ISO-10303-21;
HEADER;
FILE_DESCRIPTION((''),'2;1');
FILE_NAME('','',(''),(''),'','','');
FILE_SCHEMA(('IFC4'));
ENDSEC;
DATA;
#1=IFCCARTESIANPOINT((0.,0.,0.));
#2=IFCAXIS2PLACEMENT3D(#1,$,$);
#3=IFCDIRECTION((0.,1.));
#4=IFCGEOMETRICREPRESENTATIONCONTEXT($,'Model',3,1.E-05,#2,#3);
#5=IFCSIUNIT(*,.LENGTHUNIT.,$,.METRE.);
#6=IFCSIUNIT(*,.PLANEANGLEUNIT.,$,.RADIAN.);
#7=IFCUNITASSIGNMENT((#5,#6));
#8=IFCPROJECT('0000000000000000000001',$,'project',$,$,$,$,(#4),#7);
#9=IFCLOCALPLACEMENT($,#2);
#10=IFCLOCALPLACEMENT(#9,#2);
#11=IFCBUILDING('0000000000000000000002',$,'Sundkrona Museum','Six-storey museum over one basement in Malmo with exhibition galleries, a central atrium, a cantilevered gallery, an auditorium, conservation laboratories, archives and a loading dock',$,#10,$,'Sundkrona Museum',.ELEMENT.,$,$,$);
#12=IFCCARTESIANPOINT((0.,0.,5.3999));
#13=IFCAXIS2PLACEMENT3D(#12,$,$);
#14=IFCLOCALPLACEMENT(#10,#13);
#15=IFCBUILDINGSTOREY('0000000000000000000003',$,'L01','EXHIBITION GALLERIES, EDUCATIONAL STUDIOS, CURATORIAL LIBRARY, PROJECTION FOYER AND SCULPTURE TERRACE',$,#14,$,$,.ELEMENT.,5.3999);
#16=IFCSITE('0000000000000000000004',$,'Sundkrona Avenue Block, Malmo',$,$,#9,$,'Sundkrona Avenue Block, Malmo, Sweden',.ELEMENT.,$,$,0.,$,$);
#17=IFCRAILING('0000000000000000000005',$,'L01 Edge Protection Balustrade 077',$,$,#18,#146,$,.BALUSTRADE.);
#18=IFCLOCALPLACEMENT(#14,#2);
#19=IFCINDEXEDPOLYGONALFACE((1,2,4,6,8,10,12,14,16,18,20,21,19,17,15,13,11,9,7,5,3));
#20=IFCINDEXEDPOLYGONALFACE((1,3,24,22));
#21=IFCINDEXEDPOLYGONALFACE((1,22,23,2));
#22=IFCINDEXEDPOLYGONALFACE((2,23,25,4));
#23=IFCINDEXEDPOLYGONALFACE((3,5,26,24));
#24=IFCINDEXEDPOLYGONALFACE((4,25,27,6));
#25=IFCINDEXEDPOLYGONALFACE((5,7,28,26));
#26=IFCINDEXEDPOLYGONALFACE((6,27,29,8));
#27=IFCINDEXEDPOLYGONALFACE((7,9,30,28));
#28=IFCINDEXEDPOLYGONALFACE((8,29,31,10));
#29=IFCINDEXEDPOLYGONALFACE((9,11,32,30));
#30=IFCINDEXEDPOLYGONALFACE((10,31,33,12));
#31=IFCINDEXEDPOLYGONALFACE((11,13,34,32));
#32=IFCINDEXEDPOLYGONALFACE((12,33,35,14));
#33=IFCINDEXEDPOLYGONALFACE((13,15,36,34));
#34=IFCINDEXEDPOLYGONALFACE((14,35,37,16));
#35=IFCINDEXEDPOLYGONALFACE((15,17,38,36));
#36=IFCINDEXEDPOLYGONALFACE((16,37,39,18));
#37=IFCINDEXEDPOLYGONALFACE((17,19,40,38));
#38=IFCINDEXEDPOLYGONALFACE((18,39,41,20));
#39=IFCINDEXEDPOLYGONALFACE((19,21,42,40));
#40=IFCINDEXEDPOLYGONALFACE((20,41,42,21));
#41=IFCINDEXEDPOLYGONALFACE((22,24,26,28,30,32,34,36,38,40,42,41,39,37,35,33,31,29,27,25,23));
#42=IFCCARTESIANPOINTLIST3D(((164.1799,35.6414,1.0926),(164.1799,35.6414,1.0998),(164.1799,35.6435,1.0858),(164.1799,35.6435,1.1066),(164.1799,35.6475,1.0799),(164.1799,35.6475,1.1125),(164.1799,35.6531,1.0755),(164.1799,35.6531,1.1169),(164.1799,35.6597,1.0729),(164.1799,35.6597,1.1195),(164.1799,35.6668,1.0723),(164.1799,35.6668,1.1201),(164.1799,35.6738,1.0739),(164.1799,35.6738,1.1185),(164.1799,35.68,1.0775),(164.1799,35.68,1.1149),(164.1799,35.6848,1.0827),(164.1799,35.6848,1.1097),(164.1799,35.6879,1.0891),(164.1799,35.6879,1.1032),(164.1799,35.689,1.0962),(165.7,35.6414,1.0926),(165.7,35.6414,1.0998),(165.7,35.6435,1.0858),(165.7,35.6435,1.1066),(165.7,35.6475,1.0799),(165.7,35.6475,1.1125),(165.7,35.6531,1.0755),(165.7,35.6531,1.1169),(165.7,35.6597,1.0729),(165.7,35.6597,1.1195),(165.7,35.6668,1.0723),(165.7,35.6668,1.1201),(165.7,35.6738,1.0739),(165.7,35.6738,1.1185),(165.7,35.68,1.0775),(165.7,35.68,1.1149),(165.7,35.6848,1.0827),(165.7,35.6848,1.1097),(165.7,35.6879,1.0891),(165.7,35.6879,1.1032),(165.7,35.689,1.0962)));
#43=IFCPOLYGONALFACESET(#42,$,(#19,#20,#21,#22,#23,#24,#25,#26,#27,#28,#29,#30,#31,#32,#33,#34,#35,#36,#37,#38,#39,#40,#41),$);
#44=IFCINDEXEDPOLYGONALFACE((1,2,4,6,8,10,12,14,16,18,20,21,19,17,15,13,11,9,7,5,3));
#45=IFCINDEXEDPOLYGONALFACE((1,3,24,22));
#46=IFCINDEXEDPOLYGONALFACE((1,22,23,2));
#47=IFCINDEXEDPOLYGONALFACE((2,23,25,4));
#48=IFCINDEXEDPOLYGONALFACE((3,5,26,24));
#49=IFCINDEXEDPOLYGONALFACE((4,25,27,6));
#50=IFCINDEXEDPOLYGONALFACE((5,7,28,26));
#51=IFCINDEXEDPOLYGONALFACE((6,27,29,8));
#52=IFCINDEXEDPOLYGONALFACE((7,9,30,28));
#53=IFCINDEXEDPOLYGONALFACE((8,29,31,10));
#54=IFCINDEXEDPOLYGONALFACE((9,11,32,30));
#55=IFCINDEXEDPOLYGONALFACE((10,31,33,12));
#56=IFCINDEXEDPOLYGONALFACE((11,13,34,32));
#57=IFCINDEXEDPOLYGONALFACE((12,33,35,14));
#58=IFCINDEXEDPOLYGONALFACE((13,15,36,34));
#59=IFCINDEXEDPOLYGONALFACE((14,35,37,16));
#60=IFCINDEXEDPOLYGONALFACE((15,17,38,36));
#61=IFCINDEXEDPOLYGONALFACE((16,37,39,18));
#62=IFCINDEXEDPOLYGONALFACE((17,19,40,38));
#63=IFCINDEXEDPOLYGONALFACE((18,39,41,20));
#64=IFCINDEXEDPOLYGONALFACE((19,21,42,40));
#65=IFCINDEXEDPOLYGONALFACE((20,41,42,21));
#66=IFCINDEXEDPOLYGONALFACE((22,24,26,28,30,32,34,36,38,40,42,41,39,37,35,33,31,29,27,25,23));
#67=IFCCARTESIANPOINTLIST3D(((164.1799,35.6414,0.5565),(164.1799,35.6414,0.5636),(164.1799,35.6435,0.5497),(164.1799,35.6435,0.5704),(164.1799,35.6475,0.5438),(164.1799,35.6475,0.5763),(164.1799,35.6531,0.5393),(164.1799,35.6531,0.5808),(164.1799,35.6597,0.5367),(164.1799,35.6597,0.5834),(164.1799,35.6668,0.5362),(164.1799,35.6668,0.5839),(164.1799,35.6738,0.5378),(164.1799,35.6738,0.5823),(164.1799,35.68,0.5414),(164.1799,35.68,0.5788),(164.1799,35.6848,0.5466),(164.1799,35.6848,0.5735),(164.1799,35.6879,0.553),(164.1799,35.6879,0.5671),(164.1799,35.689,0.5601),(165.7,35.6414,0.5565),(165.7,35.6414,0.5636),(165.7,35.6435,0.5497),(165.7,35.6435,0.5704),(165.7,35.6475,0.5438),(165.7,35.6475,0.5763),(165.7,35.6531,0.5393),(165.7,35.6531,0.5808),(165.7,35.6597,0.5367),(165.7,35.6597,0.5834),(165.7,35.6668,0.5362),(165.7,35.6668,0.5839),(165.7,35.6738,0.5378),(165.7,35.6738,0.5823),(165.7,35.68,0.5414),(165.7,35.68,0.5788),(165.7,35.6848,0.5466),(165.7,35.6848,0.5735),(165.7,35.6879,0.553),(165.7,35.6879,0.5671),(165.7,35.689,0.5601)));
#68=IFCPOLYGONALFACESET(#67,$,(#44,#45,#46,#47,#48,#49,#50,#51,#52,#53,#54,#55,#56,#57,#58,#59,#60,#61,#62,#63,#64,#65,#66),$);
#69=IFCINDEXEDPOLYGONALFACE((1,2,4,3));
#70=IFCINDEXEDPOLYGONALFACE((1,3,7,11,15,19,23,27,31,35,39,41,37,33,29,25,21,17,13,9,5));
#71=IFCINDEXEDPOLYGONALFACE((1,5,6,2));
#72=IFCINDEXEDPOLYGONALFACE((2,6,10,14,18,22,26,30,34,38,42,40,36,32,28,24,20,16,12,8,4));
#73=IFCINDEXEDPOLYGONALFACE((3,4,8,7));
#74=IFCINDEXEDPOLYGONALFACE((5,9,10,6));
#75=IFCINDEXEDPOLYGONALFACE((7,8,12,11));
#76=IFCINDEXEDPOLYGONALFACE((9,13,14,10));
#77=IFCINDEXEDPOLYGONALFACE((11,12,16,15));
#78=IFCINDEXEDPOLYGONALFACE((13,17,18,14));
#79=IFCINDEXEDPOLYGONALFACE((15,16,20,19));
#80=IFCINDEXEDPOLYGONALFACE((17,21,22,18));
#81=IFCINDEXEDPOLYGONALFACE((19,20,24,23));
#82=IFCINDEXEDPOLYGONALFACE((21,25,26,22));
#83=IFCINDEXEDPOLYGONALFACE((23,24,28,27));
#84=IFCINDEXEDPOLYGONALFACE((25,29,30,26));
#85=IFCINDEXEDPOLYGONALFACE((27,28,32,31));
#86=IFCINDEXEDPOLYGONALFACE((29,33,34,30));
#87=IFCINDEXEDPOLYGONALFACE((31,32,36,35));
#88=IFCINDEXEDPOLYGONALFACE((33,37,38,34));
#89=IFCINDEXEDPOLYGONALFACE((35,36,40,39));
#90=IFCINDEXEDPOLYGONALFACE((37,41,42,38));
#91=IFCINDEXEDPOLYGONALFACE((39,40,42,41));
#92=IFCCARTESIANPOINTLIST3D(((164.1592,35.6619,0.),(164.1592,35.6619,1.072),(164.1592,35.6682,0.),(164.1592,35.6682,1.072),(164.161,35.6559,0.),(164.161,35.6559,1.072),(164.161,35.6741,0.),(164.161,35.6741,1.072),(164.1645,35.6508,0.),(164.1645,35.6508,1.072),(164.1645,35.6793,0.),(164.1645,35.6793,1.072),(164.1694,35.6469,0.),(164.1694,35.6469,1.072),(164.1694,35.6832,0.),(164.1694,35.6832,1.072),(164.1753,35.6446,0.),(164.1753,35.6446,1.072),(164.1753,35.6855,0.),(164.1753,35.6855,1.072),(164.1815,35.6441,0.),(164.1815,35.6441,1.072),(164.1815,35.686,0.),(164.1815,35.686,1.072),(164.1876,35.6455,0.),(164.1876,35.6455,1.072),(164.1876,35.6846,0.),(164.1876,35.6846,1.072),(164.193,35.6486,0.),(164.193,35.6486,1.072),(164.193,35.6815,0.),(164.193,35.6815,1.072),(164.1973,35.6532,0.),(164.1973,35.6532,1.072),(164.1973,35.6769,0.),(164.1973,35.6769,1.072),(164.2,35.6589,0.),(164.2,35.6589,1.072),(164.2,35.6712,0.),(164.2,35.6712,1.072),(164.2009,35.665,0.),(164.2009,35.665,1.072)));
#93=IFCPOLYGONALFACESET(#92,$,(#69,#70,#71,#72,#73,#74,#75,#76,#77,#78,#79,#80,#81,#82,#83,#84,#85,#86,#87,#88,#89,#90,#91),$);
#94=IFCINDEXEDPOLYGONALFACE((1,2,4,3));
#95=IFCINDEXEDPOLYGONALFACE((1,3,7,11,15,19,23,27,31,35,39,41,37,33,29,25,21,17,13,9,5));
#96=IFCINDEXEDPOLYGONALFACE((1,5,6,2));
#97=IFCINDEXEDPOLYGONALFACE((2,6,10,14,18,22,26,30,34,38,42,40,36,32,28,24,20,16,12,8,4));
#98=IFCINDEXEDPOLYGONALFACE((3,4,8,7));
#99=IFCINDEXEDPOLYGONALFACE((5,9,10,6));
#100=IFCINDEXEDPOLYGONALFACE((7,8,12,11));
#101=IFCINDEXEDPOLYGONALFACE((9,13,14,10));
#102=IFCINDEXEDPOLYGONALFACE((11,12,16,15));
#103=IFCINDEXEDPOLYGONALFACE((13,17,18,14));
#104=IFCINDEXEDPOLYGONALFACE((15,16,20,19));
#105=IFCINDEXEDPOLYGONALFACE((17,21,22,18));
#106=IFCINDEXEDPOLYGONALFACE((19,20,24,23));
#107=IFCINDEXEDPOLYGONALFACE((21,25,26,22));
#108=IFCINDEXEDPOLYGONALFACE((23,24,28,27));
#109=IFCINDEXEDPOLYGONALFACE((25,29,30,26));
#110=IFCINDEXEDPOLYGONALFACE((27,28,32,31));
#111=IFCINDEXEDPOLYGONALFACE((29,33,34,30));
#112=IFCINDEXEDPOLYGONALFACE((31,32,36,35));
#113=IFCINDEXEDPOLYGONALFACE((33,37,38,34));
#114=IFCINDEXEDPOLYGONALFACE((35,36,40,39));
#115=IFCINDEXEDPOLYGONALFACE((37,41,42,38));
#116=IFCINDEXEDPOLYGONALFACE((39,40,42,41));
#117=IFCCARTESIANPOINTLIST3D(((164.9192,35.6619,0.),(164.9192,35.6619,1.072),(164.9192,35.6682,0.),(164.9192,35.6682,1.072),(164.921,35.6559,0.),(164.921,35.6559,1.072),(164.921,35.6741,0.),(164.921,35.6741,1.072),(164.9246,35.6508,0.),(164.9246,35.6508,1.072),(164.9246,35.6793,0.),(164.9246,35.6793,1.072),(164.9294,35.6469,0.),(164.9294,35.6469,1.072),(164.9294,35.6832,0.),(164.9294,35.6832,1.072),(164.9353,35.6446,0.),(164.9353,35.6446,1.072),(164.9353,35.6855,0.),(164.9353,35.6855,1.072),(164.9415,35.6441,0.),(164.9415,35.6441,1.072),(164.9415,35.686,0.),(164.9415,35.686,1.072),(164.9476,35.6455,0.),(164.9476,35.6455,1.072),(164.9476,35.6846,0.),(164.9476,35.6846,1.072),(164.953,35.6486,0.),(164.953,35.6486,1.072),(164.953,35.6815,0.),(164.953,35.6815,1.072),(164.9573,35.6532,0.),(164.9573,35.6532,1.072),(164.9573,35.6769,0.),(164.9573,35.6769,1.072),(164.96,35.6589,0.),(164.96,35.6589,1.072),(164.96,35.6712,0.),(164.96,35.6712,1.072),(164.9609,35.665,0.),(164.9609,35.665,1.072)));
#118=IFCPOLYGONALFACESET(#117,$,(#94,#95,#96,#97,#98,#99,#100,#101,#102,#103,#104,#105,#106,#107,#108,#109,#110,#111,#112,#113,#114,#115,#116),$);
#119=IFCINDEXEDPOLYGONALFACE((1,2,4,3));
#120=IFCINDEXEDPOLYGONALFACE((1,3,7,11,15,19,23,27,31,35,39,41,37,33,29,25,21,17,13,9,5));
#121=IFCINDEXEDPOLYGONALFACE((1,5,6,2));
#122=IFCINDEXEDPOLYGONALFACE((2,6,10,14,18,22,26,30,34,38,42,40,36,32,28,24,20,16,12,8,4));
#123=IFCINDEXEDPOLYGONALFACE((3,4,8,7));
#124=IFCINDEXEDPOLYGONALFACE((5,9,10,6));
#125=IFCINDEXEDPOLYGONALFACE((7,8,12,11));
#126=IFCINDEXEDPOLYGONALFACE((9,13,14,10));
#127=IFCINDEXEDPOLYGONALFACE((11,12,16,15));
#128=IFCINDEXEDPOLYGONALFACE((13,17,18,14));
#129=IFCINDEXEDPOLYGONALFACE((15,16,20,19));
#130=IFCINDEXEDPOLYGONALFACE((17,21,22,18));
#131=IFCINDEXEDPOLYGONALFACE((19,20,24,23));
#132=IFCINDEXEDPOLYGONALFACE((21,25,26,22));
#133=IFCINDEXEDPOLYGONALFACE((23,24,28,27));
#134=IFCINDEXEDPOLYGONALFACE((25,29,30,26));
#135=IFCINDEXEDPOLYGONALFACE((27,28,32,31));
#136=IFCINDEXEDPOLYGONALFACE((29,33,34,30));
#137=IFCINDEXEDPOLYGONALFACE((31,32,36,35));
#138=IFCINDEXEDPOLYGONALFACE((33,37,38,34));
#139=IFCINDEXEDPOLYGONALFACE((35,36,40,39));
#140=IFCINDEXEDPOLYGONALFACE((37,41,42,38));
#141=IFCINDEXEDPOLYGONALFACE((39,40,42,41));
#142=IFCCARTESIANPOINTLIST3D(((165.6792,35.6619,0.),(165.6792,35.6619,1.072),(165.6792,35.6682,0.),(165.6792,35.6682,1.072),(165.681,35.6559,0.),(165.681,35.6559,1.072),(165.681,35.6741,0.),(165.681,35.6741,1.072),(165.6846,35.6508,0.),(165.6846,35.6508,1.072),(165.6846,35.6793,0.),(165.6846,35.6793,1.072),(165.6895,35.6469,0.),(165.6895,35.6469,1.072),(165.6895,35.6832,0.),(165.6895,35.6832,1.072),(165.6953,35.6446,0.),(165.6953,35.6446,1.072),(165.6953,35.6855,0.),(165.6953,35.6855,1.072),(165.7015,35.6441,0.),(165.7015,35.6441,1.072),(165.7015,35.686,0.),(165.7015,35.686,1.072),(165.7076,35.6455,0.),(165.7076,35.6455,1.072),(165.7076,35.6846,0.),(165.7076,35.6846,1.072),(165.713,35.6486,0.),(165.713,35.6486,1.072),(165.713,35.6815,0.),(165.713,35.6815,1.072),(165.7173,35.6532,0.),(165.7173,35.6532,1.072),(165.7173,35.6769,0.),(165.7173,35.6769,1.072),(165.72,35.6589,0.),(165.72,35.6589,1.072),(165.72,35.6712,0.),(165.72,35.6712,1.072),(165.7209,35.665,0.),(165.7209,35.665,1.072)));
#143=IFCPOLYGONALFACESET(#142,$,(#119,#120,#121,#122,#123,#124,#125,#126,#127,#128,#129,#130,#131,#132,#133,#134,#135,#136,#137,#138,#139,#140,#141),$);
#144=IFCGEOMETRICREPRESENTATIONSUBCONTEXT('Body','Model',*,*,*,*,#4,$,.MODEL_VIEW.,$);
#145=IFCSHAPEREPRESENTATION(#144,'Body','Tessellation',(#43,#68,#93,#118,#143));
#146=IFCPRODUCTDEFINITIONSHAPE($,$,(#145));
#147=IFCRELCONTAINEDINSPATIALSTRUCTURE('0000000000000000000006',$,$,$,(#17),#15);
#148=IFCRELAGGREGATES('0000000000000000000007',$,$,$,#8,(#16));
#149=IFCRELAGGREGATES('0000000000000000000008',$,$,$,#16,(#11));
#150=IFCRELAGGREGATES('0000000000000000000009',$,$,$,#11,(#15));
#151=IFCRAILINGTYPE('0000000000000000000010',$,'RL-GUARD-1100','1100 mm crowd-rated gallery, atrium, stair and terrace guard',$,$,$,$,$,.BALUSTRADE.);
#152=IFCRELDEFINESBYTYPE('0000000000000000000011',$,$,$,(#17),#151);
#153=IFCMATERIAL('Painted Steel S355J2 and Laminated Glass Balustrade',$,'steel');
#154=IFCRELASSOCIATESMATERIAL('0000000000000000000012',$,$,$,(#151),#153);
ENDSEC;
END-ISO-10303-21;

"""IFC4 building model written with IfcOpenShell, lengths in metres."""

from ifc_helpers import new_model, si_unit, direction, frame, origin, origin_2d, place, context, subcontext, project, spatial, circle, extrude, material, type_object, element, save


model = new_model("IFC4")

# Units and contexts
model_context = context("Model", 3, precision=1e-05, world=origin(), true_north=direction((0.0, 1.0)))
body_context = subcontext(model_context, "Body", "Model", "MODEL_VIEW")
ifc_project = project(units=[si_unit("LENGTHUNIT", "METRE"), si_unit("PLANEANGLEUNIT", "RADIAN")], contexts=[model_context])

# Site, building, storey
site_placement = place(None, origin())
site = spatial("IfcSite", under=ifc_project, at=site_placement, Name="Sundkrona Avenue Block, Malmo", LongName="Sundkrona Avenue Block, Malmo, Sweden", CompositionType="ELEMENT", RefElevation=0.0)
building_placement = place(site_placement, origin())
building = spatial("IfcBuilding", under=site, at=building_placement, Name="Sundkrona Museum", Description="Six-storey museum over one basement in Malmo with exhibition galleries, a central atrium, a cantilevered gallery, an auditorium, conservation laboratories, archives and a loading dock", LongName="Sundkrona Museum", CompositionType="ELEMENT")
storey_placement = place(building_placement, frame((0.0, 0.0, 5.3999)))
storey = spatial("IfcBuildingStorey", under=building, at=storey_placement, Name="L01", Description="EXHIBITION GALLERIES, EDUCATIONAL STUDIOS, CURATORIAL LIBRARY, PROJECTION FOYER AND SCULPTURE TERRACE", CompositionType="ELEMENT", Elevation=5.3999)

# Railing
ifc_material_1 = material(Name="Painted Steel S355J2 and Laminated Glass Balustrade", Category="steel")
railing_type_1 = type_object("IfcRailingType", Name="RL-GUARD-1100", Description="1100 mm crowd-rated gallery, atrium, stair and terrace guard", PredefinedType="BALUSTRADE", material=ifc_material_1)
for number, where, name in (
    (1, (164.1799, 35.665, 0.0), "L01 Edge Protection Balustrade 077"),
):
    element("IfcRailing", number, at=place(storey_placement, frame(where)), inside=storey, type_object=railing_type_1, Name=name, PredefinedType="BALUSTRADE", context=body_context, shape_type="SweptSolid", body=[
        extrude(circle(Radius=0.0239, at=origin_2d()), frame((0.0, 0.0, 1.0962), z_axis=(1.0, 0.0, 0.0), x_axis=(0.0, 1.0, 0.0)), (0.0, 0.0, 1.0), 1.52),
        extrude(circle(Radius=0.0239, at=origin_2d()), frame((0.0, 0.0, 0.5601), z_axis=(1.0, 0.0, 0.0), x_axis=(0.0, 1.0, 0.0)), (0.0, 0.0, 1.0), 1.52),
        extrude(circle(Radius=0.021, at=origin_2d()), origin(), (0.0, 0.0, 1.0), 1.072),
        extrude(circle(Radius=0.021, at=origin_2d()), frame((0.76, 0.0, 0.0)), (0.0, 0.0, 1.0), 1.072),
        extrude(circle(Radius=0.021, at=origin_2d()), frame((1.52, 0.0, 0.0)), (0.0, 0.0, 1.0), 1.072),
    ])

save(model, "model.ifc")
